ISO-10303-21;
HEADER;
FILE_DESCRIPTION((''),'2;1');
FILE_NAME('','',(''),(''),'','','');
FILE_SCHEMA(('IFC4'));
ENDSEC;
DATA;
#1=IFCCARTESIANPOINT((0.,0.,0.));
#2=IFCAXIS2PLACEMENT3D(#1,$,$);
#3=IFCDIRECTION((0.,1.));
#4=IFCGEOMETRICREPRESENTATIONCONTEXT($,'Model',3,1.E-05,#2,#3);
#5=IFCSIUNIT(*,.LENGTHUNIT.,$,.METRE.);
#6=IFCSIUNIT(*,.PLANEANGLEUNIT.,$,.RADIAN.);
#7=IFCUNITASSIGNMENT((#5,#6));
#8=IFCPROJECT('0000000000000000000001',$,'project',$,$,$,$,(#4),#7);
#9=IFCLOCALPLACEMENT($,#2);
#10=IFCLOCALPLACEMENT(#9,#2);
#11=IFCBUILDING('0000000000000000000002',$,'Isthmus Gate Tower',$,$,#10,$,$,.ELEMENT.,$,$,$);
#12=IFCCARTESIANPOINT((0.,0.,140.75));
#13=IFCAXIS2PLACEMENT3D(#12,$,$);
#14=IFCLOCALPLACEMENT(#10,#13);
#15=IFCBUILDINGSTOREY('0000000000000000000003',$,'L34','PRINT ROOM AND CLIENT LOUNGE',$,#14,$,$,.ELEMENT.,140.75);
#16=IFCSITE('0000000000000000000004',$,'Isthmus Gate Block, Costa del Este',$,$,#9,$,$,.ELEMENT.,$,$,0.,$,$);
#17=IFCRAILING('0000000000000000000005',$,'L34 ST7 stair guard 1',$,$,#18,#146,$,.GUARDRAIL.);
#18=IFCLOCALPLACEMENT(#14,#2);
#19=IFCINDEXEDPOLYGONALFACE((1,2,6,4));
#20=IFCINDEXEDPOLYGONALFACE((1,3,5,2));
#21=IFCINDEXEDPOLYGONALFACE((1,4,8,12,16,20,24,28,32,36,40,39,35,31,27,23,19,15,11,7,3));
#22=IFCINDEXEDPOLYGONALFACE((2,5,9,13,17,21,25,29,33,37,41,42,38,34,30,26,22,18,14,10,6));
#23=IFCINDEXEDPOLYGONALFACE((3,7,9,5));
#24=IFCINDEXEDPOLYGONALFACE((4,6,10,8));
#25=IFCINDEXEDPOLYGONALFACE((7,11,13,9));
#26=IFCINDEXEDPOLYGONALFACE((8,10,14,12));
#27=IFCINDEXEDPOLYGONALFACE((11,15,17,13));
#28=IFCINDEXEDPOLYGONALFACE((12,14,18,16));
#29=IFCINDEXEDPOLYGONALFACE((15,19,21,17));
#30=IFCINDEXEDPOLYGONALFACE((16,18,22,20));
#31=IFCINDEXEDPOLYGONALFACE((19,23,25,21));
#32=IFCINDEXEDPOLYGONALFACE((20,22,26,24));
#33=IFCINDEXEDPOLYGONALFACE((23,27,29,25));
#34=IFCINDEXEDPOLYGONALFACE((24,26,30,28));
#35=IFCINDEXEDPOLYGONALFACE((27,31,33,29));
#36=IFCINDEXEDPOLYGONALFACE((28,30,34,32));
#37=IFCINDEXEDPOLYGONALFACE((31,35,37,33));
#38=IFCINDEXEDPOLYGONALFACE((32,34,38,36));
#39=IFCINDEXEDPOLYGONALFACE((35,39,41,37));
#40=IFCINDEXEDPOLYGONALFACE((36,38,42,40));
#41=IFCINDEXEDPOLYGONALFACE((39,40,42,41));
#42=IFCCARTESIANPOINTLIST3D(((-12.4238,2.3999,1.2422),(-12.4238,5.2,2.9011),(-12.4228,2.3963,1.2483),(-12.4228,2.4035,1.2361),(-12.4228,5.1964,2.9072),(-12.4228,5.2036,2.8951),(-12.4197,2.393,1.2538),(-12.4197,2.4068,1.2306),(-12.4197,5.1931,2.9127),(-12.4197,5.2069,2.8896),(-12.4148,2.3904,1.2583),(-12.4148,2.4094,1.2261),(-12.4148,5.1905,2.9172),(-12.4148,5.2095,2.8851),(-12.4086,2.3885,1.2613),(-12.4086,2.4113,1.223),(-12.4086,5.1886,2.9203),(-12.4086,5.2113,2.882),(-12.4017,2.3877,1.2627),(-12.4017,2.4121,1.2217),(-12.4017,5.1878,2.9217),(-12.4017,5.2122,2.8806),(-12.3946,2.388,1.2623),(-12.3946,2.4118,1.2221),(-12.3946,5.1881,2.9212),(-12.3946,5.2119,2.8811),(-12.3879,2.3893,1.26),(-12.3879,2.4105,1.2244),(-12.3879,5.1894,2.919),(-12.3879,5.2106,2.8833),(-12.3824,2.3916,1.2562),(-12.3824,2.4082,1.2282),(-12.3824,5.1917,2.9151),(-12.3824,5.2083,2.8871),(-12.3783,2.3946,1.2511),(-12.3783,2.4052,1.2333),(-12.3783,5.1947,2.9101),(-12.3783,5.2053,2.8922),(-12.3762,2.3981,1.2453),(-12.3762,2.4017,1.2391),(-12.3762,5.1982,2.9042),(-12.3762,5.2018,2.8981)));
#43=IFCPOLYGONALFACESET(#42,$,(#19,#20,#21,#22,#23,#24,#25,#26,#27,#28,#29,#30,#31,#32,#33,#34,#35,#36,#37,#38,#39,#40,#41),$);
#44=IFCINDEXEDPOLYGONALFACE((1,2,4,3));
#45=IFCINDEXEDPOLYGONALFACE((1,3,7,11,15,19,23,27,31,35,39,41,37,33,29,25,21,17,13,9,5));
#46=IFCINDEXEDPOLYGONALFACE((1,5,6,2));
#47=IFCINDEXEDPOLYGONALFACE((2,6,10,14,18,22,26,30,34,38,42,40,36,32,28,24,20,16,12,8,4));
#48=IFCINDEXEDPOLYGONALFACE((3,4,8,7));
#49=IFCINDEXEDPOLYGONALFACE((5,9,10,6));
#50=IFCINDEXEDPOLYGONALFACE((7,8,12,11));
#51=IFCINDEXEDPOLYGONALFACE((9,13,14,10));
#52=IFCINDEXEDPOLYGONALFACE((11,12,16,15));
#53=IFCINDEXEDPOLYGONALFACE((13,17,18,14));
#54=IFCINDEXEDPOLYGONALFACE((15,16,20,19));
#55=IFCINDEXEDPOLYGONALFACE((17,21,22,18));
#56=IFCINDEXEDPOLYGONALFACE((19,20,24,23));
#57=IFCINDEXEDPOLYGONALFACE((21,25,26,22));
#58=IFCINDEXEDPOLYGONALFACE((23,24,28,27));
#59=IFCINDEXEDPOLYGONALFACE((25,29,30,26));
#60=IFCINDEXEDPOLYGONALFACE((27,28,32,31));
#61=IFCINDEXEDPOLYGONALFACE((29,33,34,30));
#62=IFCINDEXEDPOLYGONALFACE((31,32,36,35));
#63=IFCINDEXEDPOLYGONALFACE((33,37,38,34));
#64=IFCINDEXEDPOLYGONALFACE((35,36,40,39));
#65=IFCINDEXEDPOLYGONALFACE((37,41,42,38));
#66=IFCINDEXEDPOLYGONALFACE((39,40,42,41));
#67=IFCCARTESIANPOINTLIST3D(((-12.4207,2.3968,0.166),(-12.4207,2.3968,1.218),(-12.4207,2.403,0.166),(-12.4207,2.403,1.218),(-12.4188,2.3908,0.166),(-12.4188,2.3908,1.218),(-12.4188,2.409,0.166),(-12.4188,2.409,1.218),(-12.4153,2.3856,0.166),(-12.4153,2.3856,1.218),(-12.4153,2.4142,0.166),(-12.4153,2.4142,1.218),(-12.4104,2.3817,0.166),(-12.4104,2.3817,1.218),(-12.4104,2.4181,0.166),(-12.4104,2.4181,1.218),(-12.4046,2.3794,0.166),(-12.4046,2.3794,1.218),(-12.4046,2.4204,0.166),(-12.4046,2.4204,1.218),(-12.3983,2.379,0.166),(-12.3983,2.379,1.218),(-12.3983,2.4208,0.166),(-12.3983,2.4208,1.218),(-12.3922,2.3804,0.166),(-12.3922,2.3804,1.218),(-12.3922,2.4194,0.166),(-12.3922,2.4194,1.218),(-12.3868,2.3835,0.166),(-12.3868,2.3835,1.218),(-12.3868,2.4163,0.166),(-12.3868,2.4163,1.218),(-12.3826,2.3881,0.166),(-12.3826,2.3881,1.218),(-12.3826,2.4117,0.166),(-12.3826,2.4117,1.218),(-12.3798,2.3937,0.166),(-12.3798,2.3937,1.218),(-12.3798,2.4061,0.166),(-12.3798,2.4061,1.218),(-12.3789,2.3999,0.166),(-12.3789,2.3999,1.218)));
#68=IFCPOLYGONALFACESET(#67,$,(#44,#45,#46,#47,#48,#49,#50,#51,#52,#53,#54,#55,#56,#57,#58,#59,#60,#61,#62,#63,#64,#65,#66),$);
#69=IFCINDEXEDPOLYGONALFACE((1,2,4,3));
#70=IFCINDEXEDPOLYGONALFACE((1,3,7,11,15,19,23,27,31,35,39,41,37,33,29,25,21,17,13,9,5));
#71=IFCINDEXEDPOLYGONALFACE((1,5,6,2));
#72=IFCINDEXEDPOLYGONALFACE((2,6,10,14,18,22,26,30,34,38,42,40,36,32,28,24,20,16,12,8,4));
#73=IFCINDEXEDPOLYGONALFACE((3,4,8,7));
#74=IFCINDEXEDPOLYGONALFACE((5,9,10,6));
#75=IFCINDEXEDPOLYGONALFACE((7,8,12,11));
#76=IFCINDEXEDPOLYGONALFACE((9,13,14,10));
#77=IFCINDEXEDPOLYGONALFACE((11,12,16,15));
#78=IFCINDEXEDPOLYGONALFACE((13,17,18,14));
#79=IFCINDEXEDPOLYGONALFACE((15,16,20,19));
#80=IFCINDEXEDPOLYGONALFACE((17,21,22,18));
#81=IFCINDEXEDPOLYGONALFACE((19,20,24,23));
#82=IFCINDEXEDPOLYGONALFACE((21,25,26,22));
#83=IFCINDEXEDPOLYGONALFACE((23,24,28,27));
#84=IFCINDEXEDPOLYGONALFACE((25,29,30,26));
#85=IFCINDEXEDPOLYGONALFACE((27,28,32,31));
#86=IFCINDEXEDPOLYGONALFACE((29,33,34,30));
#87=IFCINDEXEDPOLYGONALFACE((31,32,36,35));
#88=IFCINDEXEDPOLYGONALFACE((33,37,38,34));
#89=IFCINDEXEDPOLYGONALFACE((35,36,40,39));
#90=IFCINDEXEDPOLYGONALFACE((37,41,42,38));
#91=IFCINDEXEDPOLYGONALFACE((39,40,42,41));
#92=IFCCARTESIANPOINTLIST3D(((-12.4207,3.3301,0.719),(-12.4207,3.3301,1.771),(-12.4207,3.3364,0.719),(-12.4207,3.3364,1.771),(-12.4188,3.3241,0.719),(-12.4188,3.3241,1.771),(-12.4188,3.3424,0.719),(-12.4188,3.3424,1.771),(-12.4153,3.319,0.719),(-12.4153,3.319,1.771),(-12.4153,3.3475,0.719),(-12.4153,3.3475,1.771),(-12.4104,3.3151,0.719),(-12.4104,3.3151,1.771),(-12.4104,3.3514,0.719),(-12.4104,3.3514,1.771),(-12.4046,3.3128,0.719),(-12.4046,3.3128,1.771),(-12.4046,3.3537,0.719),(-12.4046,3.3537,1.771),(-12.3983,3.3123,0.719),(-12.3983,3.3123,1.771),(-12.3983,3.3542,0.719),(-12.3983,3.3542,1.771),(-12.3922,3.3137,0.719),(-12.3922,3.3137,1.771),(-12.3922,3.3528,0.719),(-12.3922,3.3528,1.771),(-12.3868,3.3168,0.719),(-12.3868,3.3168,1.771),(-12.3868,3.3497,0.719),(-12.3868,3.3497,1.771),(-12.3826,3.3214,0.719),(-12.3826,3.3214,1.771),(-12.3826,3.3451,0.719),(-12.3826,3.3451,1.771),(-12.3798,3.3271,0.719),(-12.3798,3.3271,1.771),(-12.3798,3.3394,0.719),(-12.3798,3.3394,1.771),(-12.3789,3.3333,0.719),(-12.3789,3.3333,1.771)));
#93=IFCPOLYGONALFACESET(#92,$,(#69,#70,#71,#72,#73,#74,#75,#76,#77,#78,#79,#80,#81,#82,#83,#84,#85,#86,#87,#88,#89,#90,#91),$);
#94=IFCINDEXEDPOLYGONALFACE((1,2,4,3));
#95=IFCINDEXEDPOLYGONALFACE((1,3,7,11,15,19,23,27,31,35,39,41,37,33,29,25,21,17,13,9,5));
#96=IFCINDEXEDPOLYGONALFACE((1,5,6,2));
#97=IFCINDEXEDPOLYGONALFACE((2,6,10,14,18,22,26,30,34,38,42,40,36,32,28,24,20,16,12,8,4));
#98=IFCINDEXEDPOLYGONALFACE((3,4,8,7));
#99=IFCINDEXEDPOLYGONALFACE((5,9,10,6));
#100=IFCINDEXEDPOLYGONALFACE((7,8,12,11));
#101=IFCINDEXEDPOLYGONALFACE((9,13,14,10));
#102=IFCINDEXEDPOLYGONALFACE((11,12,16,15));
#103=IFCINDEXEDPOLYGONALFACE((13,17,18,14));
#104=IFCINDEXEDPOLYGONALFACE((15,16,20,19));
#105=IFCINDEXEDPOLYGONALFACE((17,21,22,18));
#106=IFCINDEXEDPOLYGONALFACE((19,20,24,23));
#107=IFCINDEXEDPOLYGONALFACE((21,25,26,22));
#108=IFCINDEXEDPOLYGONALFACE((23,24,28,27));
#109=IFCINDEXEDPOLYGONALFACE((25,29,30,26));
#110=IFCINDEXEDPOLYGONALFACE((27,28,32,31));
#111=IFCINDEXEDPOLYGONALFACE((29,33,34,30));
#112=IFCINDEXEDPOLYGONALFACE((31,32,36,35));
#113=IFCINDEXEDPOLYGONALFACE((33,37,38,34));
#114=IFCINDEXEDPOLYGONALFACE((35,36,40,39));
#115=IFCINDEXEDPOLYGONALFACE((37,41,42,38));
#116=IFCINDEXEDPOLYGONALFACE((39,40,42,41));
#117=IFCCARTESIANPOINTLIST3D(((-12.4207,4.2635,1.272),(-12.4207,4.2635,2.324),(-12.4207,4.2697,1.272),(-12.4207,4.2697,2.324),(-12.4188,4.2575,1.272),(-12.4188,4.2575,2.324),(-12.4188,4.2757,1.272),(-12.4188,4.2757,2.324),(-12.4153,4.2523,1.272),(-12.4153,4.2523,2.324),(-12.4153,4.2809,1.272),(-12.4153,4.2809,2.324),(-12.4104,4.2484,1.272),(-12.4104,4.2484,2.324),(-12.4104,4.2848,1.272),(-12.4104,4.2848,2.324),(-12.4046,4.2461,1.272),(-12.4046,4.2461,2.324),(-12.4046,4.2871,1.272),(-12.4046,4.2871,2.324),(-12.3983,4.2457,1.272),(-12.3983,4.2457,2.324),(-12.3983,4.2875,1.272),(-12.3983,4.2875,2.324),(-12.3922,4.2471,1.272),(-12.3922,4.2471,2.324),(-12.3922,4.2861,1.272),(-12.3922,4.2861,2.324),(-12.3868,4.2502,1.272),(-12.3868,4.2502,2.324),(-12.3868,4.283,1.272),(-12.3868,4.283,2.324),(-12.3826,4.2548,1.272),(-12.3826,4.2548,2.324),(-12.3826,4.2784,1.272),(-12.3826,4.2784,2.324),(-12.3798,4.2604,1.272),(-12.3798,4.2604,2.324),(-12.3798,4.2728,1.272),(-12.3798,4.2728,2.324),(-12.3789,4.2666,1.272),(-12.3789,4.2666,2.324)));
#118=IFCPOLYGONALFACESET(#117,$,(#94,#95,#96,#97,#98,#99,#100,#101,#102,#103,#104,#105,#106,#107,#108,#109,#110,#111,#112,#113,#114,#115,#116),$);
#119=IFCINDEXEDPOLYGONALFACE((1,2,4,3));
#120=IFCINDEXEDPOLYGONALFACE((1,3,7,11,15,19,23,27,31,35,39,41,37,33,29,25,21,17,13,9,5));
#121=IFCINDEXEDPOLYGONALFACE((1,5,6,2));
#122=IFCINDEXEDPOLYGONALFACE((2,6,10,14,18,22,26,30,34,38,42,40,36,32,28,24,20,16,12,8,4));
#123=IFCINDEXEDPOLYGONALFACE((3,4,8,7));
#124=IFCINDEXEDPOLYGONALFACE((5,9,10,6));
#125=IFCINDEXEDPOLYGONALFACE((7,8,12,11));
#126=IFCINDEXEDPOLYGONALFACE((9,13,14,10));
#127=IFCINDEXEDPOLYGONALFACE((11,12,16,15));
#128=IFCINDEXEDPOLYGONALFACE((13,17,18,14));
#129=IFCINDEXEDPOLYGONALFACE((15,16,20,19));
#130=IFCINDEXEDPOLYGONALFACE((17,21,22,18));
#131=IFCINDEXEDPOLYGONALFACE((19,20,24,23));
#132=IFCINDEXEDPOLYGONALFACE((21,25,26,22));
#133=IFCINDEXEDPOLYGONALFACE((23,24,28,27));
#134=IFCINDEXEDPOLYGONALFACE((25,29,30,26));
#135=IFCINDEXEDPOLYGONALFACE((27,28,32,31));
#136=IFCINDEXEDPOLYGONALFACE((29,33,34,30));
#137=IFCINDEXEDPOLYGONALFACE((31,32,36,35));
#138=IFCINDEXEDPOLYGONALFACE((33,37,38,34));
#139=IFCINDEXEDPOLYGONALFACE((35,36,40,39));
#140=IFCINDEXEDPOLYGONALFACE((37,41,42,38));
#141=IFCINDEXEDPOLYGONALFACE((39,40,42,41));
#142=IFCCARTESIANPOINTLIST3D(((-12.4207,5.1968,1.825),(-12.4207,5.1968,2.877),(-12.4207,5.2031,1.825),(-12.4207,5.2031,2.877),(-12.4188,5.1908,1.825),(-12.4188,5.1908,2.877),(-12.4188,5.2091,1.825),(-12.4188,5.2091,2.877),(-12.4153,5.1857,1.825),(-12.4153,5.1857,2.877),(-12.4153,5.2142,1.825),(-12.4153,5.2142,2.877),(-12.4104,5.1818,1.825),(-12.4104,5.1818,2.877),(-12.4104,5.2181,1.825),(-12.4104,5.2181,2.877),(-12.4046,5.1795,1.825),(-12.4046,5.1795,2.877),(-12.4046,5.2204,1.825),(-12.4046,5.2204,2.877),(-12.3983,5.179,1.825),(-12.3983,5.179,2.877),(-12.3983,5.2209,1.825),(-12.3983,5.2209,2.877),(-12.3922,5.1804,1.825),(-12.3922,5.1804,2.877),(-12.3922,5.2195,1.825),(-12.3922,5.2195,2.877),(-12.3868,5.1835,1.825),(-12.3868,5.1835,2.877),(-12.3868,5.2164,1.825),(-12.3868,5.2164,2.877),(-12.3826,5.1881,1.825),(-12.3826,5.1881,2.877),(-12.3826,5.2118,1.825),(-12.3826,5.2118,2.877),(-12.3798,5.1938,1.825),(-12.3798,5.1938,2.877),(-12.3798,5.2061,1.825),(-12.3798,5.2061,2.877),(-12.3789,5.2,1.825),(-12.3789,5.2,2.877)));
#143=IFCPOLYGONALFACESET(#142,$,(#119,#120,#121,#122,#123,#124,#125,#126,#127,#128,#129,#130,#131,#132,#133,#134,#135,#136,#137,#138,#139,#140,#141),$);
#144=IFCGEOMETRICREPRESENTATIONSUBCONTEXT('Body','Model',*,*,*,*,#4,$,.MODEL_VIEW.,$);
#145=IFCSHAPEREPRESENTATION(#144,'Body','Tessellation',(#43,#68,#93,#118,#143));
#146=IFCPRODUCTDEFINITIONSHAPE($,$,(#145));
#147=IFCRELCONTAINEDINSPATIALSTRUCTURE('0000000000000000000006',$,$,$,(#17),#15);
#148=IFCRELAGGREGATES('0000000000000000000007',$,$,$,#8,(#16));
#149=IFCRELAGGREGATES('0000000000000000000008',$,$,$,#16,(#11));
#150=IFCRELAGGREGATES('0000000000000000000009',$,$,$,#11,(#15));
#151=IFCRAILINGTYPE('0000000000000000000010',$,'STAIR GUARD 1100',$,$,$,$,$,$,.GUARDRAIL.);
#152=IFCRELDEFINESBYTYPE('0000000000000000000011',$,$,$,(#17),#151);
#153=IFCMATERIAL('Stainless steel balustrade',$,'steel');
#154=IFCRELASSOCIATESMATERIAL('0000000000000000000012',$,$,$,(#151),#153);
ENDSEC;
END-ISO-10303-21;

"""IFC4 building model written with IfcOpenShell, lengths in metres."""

from ifc_helpers import new_model, si_unit, direction, frame, origin, origin_2d, place, context, subcontext, project, spatial, circle, extrude, material, type_object, element, save


model = new_model("IFC4")

# Units and contexts
model_context = context("Model", 3, precision=1e-05, world=origin(), true_north=direction((0.0, 1.0)))
body_context = subcontext(model_context, "Body", "Model", "MODEL_VIEW")
ifc_project = project(units=[si_unit("LENGTHUNIT", "METRE"), si_unit("PLANEANGLEUNIT", "RADIAN")], contexts=[model_context])

# Site, building, storey
site_placement = place(None, origin())
site = spatial("IfcSite", under=ifc_project, at=site_placement, Name="Isthmus Gate Block, Costa del Este", CompositionType="ELEMENT", RefElevation=0.0)
building_placement = place(site_placement, origin())
building = spatial("IfcBuilding", under=site, at=building_placement, Name="Isthmus Gate Tower", CompositionType="ELEMENT")
storey_placement = place(building_placement, frame((0.0, 0.0, 140.75)))
storey = spatial("IfcBuildingStorey", under=building, at=storey_placement, Name="L34", Description="PRINT ROOM AND CLIENT LOUNGE", CompositionType="ELEMENT", Elevation=140.75)

# Railing
ifc_material_1 = material(Name="Stainless steel balustrade", Category="steel")
railing_type_1 = type_object("IfcRailingType", Name="STAIR GUARD 1100", PredefinedType="GUARDRAIL", material=ifc_material_1)
railing_1_placement = place(storey_placement, frame((-12.3999, 2.3999, 0.166)))
element("IfcRailing", 1, at=railing_1_placement, inside=storey, type_object=railing_type_1, Name="L34 ST7 stair guard 1", PredefinedType="GUARDRAIL", context=body_context, shape_type="SweptSolid", body=[
    extrude(circle(Radius=0.0239, at=origin_2d()), frame((0.0, 0.0, 1.0762), z_axis=(0.0, 0.860339, 0.509722), x_axis=(-1.0, 0.0, 0.0)), (0.0, 0.0, 1.0), 3.2546),
    extrude(circle(Radius=0.021, at=origin_2d()), origin(), (0.0, 0.0, 1.0), 1.052),
    extrude(circle(Radius=0.021, at=origin_2d()), frame((0.0, 0.9333, 0.553)), (0.0, 0.0, 1.0), 1.052),
    extrude(circle(Radius=0.021, at=origin_2d()), frame((0.0, 1.8667, 1.106)), (0.0, 0.0, 1.0), 1.052),
    extrude(circle(Radius=0.021, at=origin_2d()), frame((0.0, 2.8, 1.6589)), (0.0, 0.0, 1.0), 1.052),
])

save(model, "model.ifc")
